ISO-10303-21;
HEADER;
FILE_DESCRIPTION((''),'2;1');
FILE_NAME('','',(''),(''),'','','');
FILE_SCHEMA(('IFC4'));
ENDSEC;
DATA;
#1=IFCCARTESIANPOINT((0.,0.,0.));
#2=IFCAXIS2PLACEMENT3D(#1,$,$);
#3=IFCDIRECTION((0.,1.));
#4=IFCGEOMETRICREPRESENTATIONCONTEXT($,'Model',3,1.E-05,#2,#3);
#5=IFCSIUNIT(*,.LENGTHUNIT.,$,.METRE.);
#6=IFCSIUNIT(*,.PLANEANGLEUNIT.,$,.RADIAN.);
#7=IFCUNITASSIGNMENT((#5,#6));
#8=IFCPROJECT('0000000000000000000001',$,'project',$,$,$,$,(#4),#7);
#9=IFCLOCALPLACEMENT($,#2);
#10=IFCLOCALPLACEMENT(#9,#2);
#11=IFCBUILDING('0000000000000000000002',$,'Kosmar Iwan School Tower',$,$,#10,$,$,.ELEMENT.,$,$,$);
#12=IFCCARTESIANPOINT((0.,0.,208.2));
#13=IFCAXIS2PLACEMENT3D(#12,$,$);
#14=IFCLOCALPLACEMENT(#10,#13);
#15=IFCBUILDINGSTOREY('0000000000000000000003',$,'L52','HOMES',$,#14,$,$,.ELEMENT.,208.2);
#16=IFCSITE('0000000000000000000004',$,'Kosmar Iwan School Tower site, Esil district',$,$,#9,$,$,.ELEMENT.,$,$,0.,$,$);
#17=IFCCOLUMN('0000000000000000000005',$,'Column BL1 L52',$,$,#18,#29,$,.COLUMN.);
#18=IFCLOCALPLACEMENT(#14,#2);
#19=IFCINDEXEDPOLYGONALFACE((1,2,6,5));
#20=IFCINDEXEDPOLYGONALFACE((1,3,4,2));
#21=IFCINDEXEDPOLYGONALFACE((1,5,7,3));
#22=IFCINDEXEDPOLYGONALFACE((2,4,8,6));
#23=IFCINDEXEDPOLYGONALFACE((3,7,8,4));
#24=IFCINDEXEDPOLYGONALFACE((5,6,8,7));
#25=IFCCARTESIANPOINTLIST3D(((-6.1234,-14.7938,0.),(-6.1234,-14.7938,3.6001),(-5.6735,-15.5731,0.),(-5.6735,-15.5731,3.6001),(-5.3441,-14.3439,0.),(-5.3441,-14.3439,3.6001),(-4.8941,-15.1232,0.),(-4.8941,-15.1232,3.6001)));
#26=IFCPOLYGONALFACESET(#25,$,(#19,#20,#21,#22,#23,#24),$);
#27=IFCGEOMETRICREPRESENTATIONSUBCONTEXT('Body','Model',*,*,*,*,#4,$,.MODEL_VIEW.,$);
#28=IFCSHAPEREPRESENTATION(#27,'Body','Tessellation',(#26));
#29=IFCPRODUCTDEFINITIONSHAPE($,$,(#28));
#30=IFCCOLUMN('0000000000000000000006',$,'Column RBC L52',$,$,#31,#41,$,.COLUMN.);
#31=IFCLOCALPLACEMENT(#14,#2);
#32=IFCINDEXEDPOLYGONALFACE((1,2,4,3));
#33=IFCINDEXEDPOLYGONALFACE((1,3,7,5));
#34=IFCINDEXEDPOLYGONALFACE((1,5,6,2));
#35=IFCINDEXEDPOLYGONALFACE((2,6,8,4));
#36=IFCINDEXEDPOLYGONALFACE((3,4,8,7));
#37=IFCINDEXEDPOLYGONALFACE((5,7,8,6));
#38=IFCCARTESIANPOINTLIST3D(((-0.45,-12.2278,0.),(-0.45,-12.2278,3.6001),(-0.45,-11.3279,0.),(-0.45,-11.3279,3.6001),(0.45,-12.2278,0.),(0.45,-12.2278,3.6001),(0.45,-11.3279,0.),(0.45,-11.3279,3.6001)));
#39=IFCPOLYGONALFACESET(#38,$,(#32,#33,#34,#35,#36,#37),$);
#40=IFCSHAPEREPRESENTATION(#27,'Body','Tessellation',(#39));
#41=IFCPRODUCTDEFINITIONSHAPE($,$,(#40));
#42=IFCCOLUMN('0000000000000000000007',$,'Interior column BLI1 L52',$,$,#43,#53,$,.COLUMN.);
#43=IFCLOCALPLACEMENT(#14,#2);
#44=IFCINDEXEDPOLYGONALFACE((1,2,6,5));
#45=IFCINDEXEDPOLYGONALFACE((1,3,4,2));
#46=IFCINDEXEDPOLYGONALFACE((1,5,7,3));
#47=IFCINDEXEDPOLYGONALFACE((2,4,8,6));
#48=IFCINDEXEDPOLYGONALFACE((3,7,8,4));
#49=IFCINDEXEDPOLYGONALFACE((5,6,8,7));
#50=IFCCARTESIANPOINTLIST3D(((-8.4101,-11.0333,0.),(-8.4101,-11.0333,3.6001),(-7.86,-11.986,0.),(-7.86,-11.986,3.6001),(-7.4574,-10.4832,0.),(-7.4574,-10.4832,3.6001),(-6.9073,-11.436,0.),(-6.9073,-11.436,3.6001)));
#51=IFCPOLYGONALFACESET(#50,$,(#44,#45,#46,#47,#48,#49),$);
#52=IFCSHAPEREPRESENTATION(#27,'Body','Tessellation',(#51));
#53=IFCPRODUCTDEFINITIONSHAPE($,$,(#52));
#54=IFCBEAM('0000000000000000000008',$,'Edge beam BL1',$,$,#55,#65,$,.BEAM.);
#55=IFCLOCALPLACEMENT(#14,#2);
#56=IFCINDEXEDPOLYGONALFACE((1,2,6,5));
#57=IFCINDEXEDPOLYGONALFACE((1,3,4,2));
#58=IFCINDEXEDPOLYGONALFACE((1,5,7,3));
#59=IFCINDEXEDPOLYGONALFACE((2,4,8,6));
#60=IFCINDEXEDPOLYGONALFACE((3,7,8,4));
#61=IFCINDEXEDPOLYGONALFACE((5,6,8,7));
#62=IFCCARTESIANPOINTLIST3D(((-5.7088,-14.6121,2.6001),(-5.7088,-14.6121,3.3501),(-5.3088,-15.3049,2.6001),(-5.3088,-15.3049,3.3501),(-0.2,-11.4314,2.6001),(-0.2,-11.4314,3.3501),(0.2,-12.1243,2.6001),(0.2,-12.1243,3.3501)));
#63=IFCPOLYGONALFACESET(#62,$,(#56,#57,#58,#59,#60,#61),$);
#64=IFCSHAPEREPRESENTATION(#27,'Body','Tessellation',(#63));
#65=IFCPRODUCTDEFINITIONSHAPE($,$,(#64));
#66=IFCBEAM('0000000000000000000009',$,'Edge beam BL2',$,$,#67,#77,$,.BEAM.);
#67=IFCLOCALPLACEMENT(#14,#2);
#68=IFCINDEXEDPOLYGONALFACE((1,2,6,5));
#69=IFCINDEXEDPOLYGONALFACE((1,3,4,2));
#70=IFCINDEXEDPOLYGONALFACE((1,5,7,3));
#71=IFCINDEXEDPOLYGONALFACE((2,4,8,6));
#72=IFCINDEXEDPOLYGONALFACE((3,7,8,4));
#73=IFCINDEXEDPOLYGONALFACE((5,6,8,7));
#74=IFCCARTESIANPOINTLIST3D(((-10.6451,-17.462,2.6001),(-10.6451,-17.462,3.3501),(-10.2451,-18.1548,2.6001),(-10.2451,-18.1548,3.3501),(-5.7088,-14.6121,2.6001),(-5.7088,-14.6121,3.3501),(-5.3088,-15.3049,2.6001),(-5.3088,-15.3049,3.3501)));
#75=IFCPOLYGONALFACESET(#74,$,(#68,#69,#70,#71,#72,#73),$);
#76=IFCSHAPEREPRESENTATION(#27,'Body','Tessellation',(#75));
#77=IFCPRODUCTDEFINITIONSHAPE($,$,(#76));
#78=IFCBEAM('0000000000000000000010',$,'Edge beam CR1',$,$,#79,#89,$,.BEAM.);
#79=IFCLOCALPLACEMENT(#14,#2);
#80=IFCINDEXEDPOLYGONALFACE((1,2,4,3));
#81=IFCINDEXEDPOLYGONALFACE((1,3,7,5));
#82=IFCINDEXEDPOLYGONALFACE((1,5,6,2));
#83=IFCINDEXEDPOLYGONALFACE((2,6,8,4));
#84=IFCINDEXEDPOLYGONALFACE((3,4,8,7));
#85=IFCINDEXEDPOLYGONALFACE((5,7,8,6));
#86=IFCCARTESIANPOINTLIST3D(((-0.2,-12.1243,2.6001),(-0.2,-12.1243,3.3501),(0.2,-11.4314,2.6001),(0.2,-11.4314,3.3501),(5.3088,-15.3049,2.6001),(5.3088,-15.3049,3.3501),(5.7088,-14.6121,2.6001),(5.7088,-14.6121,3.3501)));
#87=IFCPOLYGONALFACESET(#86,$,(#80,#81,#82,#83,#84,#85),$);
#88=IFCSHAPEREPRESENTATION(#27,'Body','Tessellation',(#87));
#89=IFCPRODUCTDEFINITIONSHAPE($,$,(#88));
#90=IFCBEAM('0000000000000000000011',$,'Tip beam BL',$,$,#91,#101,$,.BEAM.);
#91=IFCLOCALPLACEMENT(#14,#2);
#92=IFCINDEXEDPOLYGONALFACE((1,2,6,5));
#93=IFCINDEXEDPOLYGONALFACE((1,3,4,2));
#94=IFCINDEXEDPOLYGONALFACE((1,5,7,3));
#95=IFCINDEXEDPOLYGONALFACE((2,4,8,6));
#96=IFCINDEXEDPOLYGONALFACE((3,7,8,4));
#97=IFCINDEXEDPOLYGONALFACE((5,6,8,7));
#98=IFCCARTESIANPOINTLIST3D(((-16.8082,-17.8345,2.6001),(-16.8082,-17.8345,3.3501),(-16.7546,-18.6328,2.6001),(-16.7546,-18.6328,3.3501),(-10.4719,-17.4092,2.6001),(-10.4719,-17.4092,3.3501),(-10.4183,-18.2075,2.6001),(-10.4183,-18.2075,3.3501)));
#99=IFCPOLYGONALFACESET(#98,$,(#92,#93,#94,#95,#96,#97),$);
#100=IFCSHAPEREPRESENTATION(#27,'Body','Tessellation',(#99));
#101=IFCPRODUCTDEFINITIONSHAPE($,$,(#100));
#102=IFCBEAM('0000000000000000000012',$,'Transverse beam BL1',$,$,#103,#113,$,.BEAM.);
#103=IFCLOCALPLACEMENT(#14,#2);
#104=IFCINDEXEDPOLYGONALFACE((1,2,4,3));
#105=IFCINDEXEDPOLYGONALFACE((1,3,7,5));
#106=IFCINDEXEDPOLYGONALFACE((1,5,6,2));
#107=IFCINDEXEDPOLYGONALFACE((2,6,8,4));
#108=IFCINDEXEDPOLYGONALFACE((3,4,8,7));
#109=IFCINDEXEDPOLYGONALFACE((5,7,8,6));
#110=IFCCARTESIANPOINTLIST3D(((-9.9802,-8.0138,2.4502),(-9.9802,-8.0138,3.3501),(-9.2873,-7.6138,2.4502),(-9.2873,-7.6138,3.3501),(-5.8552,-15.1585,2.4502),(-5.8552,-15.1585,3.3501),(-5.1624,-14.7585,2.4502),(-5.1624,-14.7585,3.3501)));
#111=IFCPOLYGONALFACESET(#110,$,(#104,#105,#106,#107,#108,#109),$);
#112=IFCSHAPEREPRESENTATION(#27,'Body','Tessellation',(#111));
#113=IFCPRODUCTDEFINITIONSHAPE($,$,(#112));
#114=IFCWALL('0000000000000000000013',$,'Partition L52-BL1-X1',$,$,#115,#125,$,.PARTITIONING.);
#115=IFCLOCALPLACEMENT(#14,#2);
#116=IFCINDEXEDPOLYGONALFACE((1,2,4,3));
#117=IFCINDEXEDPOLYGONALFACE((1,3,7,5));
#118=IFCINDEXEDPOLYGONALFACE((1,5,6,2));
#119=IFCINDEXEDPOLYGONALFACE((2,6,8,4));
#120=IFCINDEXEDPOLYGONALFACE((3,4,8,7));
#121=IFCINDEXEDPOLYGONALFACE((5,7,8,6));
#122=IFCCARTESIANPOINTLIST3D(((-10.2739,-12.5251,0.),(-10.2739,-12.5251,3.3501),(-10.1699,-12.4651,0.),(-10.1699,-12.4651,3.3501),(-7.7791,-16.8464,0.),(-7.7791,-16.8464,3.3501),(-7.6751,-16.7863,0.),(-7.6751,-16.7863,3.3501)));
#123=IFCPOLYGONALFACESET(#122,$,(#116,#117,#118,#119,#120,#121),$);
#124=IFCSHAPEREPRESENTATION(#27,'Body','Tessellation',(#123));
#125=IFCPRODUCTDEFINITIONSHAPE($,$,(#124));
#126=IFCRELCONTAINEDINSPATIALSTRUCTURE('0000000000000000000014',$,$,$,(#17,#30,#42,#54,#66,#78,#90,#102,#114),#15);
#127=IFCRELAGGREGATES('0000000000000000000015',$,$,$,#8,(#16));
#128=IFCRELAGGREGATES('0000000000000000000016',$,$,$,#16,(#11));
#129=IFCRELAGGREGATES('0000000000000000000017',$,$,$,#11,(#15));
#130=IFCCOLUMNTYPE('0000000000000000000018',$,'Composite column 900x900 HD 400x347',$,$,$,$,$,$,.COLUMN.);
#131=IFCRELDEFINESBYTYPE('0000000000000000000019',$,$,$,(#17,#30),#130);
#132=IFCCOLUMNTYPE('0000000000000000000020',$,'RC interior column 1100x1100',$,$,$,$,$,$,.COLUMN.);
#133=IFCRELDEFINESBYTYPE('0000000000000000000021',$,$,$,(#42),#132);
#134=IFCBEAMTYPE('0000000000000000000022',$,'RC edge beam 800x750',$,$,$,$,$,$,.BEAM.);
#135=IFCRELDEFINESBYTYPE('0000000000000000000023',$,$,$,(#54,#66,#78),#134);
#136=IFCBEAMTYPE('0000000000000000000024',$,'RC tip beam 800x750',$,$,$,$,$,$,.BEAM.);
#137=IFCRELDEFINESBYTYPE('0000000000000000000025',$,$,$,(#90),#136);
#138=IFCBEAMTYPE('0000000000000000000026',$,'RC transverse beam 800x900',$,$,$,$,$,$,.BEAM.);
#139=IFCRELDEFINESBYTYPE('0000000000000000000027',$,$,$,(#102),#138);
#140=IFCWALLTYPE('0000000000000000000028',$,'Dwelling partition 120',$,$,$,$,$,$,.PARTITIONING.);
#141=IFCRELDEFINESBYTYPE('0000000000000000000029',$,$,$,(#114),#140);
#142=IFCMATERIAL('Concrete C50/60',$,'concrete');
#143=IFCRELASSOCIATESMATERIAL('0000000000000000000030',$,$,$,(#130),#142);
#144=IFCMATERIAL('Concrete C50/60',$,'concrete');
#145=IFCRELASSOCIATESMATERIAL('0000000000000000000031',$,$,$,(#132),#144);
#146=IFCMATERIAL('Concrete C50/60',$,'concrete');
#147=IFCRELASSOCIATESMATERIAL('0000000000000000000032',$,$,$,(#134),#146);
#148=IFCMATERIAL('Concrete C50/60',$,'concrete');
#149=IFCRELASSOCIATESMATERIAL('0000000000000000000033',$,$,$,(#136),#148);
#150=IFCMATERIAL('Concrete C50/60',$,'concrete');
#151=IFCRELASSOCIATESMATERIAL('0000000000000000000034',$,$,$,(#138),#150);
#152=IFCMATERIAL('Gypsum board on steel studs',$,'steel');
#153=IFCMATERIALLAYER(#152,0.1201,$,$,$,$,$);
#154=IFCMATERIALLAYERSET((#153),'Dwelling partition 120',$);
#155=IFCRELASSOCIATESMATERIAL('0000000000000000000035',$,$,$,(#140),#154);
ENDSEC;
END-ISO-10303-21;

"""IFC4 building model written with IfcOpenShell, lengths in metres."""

from ifc_helpers import new_model, si_unit, direction, frame, frame_2d, origin, origin_2d, place, context, subcontext, project, spatial, rectangle, extrude, material, layer, layer_set, material_profile, profile_set, type_object, element, save


model = new_model("IFC4")

# Units and contexts
model_context = context("Model", 3, precision=1e-05, world=origin(), true_north=direction((0.0, 1.0)))
body_context = subcontext(model_context, "Body", "Model", "MODEL_VIEW")
ifc_project = project(units=[si_unit("LENGTHUNIT", "METRE"), si_unit("PLANEANGLEUNIT", "RADIAN")], contexts=[model_context])

# Site, building, storey
site_placement = place(None, origin())
site = spatial("IfcSite", under=ifc_project, at=site_placement, Name="Kosmar Iwan School Tower site, Esil district", CompositionType="ELEMENT", RefElevation=0.0)
building_placement = place(site_placement, origin())
building = spatial("IfcBuilding", under=site, at=building_placement, Name="Kosmar Iwan School Tower", CompositionType="ELEMENT")
storey_placement = place(building_placement, frame((0.0, 0.0, 208.2)))
storey = spatial("IfcBuildingStorey", under=building, at=storey_placement, Name="L52", Description="HOMES", CompositionType="ELEMENT", Elevation=208.2)

# Columns
ifc_material_1 = material(Name="Concrete C50/60", Category="concrete")
ifc_material_profile_1 = material_profile(ifc_material_1, rectangle(XDim=0.8999, YDim=0.8999, at=origin_2d()), Name="RC 900x900 + HD 400x347")
ifc_profile_set_1 = profile_set([ifc_material_profile_1], Name="Concrete C50/60")
column_type_1 = type_object("IfcColumnType", Name="Composite column 900x900 HD 400x347", PredefinedType="COLUMN", material=ifc_profile_set_1)
for number, where, z_axis, x_axis, name in (
    (1, (-5.5088, -14.9585, 0.0), (0.0, 0.0, 1.0), (-0.866025, -0.5, 0.0), "Column BL1 L52"),
    (2, (0.0, -11.7778, 0.0), (0.0, 0.0, 1.0), (1.0, 0.0, 0.0), "Column RBC L52"),
):
    element("IfcColumn", number, at=place(storey_placement, frame(where, z_axis=z_axis, x_axis=x_axis)), inside=storey, type_object=column_type_1, Name=name, PredefinedType="COLUMN", context=body_context, shape_type="SweptSolid", body=[
        extrude(rectangle(XDim=0.8999, YDim=0.8999, at=origin_2d()), origin(), (0.0, 0.0, 1.0), 3.6001),
    ])
ifc_material_2 = material(Name="Concrete C50/60", Category="concrete")
ifc_material_profile_2 = material_profile(ifc_material_2, rectangle(XDim=1.1001, YDim=1.1001, at=origin_2d()), Name="RC 1100x1100")
ifc_profile_set_2 = profile_set([ifc_material_profile_2], Name="Concrete C50/60")
column_type_2 = type_object("IfcColumnType", Name="RC interior column 1100x1100", PredefinedType="COLUMN", material=ifc_profile_set_2)
column_placement = place(storey_placement, frame((-7.6587, -11.2346, 0.0), z_axis=(0.0, 0.0, 1.0), x_axis=(-0.866025, -0.5, 0.0)))
element("IfcColumn", 3, at=column_placement, inside=storey, type_object=column_type_2, Name="Interior column BLI1 L52", PredefinedType="COLUMN", context=body_context, shape_type="SweptSolid", body=[
    extrude(rectangle(XDim=1.1001, YDim=1.1001, at=origin_2d()), origin(), (0.0, 0.0, 1.0), 3.6001),
])

# Beams
ifc_material_3 = material(Name="Concrete C50/60", Category="concrete")
ifc_material_profile_3 = material_profile(ifc_material_3, rectangle(XDim=0.8, YDim=0.75, at=origin_2d()), Name="RC 800x750")
ifc_profile_set_3 = profile_set([ifc_material_profile_3], Name="Concrete C50/60")
beam_type_1 = type_object("IfcBeamType", Name="RC edge beam 800x750", PredefinedType="BEAM", material=ifc_profile_set_3)
beam_1_placement = place(storey_placement, frame((0.0, -11.7778, 2.9751), z_axis=(-0.866014, -0.500019, 0.0), x_axis=(0.500019, -0.866014, 0.0)))
element("IfcBeam", 4, at=beam_1_placement, inside=storey, type_object=beam_type_1, Name="Edge beam BL1", PredefinedType="BEAM", context=body_context, shape_type="SweptSolid", body=[
    extrude(rectangle(XDim=0.8, YDim=0.75, at=origin_2d()), origin(), (0.0, 0.0, 1.0), 6.3611),
])
beam_2_placement = place(storey_placement, frame((-5.5088, -14.9585, 2.9751), z_axis=(-0.866034, -0.499986, 0.0), x_axis=(0.499986, -0.866034, 0.0)))
element("IfcBeam", 5, at=beam_2_placement, inside=storey, type_object=beam_type_1, Name="Edge beam BL2", PredefinedType="BEAM", context=body_context, shape_type="SweptSolid", body=[
    extrude(rectangle(XDim=0.8, YDim=0.75, at=origin_2d()), origin(), (0.0, 0.0, 1.0), 5.7),
])
beam_3_placement = place(storey_placement, frame((0.0, -11.7778, 2.9751), z_axis=(0.866014, -0.500019, 0.0), x_axis=(0.500019, 0.866014, 0.0)))
element("IfcBeam", 6, at=beam_3_placement, inside=storey, type_object=beam_type_1, Name="Edge beam CR1", PredefinedType="BEAM", context=body_context, shape_type="SweptSolid", body=[
    extrude(rectangle(XDim=0.8, YDim=0.75, at=origin_2d()), origin(), (0.0, 0.0, 1.0), 6.3611),
])
ifc_material_4 = material(Name="Concrete C50/60", Category="concrete")
ifc_material_profile_4 = material_profile(ifc_material_4, rectangle(XDim=0.8, YDim=0.75, at=origin_2d()), Name="RC 800x750")
ifc_profile_set_4 = profile_set([ifc_material_profile_4], Name="Concrete C50/60")
beam_type_2 = type_object("IfcBeamType", Name="RC tip beam 800x750", PredefinedType="BEAM", material=ifc_profile_set_4)
beam_4_placement = place(storey_placement, frame((-10.4451, -17.8083, 2.9751), z_axis=(-0.997755, -0.066968, 0.0), x_axis=(0.066968, -0.997755, 0.0)))
element("IfcBeam", 7, at=beam_4_placement, inside=storey, type_object=beam_type_2, Name="Tip beam BL", PredefinedType="BEAM", context=body_context, shape_type="SweptSolid", body=[
    extrude(rectangle(XDim=0.8, YDim=0.75, at=origin_2d()), origin(), (0.0, 0.0, 1.0), 6.3506),
])
ifc_material_5 = material(Name="Concrete C50/60", Category="concrete")
ifc_material_profile_5 = material_profile(ifc_material_5, rectangle(XDim=0.8, YDim=0.8999, at=origin_2d()), Name="RC 800x900")
ifc_profile_set_5 = profile_set([ifc_material_profile_5], Name="Concrete C50/60")
beam_type_3 = type_object("IfcBeamType", Name="RC transverse beam 800x900", PredefinedType="BEAM", material=ifc_profile_set_5)
beam_5_placement = place(storey_placement, frame((-5.5088, -14.9585, 2.9001), z_axis=(-0.499997, 0.866027, 0.0), x_axis=(-0.866027, -0.499997, 0.0)))
element("IfcBeam", 8, at=beam_5_placement, inside=storey, type_object=beam_type_3, Name="Transverse beam BL1", PredefinedType="BEAM", context=body_context, shape_type="SweptSolid", body=[
    extrude(rectangle(XDim=0.8, YDim=0.8999, at=origin_2d()), origin(), (0.0, 0.0, 1.0), 8.25),
])

# Wall
ifc_material_6 = material(Name="Gypsum board on steel studs", Category="steel")
ifc_layer_1 = layer(ifc_material_6, 0.1201)
ifc_layer_set_1 = layer_set([ifc_layer_1], Name="Dwelling partition 120")
wall_type_1 = type_object("IfcWallType", Name="Dwelling partition 120", PredefinedType="PARTITIONING", material=ifc_layer_set_1)
wall_1_placement = place(storey_placement, frame((-10.2219, -12.4951, 0.0), z_axis=(0.0, 0.0, 1.0), x_axis=(0.499996, -0.866028, 0.0)))
element("IfcWall", 9, at=wall_1_placement, inside=storey, type_object=wall_type_1, Name="Partition L52-BL1-X1", PredefinedType="PARTITIONING", context=body_context, shape_type="SweptSolid", body=[
    extrude(rectangle(XDim=4.9897, YDim=0.1201, at=frame_2d((2.4949, 0.0))), origin(), (0.0, 0.0, 1.0), 3.3501),
])

save(model, "model.ifc")
